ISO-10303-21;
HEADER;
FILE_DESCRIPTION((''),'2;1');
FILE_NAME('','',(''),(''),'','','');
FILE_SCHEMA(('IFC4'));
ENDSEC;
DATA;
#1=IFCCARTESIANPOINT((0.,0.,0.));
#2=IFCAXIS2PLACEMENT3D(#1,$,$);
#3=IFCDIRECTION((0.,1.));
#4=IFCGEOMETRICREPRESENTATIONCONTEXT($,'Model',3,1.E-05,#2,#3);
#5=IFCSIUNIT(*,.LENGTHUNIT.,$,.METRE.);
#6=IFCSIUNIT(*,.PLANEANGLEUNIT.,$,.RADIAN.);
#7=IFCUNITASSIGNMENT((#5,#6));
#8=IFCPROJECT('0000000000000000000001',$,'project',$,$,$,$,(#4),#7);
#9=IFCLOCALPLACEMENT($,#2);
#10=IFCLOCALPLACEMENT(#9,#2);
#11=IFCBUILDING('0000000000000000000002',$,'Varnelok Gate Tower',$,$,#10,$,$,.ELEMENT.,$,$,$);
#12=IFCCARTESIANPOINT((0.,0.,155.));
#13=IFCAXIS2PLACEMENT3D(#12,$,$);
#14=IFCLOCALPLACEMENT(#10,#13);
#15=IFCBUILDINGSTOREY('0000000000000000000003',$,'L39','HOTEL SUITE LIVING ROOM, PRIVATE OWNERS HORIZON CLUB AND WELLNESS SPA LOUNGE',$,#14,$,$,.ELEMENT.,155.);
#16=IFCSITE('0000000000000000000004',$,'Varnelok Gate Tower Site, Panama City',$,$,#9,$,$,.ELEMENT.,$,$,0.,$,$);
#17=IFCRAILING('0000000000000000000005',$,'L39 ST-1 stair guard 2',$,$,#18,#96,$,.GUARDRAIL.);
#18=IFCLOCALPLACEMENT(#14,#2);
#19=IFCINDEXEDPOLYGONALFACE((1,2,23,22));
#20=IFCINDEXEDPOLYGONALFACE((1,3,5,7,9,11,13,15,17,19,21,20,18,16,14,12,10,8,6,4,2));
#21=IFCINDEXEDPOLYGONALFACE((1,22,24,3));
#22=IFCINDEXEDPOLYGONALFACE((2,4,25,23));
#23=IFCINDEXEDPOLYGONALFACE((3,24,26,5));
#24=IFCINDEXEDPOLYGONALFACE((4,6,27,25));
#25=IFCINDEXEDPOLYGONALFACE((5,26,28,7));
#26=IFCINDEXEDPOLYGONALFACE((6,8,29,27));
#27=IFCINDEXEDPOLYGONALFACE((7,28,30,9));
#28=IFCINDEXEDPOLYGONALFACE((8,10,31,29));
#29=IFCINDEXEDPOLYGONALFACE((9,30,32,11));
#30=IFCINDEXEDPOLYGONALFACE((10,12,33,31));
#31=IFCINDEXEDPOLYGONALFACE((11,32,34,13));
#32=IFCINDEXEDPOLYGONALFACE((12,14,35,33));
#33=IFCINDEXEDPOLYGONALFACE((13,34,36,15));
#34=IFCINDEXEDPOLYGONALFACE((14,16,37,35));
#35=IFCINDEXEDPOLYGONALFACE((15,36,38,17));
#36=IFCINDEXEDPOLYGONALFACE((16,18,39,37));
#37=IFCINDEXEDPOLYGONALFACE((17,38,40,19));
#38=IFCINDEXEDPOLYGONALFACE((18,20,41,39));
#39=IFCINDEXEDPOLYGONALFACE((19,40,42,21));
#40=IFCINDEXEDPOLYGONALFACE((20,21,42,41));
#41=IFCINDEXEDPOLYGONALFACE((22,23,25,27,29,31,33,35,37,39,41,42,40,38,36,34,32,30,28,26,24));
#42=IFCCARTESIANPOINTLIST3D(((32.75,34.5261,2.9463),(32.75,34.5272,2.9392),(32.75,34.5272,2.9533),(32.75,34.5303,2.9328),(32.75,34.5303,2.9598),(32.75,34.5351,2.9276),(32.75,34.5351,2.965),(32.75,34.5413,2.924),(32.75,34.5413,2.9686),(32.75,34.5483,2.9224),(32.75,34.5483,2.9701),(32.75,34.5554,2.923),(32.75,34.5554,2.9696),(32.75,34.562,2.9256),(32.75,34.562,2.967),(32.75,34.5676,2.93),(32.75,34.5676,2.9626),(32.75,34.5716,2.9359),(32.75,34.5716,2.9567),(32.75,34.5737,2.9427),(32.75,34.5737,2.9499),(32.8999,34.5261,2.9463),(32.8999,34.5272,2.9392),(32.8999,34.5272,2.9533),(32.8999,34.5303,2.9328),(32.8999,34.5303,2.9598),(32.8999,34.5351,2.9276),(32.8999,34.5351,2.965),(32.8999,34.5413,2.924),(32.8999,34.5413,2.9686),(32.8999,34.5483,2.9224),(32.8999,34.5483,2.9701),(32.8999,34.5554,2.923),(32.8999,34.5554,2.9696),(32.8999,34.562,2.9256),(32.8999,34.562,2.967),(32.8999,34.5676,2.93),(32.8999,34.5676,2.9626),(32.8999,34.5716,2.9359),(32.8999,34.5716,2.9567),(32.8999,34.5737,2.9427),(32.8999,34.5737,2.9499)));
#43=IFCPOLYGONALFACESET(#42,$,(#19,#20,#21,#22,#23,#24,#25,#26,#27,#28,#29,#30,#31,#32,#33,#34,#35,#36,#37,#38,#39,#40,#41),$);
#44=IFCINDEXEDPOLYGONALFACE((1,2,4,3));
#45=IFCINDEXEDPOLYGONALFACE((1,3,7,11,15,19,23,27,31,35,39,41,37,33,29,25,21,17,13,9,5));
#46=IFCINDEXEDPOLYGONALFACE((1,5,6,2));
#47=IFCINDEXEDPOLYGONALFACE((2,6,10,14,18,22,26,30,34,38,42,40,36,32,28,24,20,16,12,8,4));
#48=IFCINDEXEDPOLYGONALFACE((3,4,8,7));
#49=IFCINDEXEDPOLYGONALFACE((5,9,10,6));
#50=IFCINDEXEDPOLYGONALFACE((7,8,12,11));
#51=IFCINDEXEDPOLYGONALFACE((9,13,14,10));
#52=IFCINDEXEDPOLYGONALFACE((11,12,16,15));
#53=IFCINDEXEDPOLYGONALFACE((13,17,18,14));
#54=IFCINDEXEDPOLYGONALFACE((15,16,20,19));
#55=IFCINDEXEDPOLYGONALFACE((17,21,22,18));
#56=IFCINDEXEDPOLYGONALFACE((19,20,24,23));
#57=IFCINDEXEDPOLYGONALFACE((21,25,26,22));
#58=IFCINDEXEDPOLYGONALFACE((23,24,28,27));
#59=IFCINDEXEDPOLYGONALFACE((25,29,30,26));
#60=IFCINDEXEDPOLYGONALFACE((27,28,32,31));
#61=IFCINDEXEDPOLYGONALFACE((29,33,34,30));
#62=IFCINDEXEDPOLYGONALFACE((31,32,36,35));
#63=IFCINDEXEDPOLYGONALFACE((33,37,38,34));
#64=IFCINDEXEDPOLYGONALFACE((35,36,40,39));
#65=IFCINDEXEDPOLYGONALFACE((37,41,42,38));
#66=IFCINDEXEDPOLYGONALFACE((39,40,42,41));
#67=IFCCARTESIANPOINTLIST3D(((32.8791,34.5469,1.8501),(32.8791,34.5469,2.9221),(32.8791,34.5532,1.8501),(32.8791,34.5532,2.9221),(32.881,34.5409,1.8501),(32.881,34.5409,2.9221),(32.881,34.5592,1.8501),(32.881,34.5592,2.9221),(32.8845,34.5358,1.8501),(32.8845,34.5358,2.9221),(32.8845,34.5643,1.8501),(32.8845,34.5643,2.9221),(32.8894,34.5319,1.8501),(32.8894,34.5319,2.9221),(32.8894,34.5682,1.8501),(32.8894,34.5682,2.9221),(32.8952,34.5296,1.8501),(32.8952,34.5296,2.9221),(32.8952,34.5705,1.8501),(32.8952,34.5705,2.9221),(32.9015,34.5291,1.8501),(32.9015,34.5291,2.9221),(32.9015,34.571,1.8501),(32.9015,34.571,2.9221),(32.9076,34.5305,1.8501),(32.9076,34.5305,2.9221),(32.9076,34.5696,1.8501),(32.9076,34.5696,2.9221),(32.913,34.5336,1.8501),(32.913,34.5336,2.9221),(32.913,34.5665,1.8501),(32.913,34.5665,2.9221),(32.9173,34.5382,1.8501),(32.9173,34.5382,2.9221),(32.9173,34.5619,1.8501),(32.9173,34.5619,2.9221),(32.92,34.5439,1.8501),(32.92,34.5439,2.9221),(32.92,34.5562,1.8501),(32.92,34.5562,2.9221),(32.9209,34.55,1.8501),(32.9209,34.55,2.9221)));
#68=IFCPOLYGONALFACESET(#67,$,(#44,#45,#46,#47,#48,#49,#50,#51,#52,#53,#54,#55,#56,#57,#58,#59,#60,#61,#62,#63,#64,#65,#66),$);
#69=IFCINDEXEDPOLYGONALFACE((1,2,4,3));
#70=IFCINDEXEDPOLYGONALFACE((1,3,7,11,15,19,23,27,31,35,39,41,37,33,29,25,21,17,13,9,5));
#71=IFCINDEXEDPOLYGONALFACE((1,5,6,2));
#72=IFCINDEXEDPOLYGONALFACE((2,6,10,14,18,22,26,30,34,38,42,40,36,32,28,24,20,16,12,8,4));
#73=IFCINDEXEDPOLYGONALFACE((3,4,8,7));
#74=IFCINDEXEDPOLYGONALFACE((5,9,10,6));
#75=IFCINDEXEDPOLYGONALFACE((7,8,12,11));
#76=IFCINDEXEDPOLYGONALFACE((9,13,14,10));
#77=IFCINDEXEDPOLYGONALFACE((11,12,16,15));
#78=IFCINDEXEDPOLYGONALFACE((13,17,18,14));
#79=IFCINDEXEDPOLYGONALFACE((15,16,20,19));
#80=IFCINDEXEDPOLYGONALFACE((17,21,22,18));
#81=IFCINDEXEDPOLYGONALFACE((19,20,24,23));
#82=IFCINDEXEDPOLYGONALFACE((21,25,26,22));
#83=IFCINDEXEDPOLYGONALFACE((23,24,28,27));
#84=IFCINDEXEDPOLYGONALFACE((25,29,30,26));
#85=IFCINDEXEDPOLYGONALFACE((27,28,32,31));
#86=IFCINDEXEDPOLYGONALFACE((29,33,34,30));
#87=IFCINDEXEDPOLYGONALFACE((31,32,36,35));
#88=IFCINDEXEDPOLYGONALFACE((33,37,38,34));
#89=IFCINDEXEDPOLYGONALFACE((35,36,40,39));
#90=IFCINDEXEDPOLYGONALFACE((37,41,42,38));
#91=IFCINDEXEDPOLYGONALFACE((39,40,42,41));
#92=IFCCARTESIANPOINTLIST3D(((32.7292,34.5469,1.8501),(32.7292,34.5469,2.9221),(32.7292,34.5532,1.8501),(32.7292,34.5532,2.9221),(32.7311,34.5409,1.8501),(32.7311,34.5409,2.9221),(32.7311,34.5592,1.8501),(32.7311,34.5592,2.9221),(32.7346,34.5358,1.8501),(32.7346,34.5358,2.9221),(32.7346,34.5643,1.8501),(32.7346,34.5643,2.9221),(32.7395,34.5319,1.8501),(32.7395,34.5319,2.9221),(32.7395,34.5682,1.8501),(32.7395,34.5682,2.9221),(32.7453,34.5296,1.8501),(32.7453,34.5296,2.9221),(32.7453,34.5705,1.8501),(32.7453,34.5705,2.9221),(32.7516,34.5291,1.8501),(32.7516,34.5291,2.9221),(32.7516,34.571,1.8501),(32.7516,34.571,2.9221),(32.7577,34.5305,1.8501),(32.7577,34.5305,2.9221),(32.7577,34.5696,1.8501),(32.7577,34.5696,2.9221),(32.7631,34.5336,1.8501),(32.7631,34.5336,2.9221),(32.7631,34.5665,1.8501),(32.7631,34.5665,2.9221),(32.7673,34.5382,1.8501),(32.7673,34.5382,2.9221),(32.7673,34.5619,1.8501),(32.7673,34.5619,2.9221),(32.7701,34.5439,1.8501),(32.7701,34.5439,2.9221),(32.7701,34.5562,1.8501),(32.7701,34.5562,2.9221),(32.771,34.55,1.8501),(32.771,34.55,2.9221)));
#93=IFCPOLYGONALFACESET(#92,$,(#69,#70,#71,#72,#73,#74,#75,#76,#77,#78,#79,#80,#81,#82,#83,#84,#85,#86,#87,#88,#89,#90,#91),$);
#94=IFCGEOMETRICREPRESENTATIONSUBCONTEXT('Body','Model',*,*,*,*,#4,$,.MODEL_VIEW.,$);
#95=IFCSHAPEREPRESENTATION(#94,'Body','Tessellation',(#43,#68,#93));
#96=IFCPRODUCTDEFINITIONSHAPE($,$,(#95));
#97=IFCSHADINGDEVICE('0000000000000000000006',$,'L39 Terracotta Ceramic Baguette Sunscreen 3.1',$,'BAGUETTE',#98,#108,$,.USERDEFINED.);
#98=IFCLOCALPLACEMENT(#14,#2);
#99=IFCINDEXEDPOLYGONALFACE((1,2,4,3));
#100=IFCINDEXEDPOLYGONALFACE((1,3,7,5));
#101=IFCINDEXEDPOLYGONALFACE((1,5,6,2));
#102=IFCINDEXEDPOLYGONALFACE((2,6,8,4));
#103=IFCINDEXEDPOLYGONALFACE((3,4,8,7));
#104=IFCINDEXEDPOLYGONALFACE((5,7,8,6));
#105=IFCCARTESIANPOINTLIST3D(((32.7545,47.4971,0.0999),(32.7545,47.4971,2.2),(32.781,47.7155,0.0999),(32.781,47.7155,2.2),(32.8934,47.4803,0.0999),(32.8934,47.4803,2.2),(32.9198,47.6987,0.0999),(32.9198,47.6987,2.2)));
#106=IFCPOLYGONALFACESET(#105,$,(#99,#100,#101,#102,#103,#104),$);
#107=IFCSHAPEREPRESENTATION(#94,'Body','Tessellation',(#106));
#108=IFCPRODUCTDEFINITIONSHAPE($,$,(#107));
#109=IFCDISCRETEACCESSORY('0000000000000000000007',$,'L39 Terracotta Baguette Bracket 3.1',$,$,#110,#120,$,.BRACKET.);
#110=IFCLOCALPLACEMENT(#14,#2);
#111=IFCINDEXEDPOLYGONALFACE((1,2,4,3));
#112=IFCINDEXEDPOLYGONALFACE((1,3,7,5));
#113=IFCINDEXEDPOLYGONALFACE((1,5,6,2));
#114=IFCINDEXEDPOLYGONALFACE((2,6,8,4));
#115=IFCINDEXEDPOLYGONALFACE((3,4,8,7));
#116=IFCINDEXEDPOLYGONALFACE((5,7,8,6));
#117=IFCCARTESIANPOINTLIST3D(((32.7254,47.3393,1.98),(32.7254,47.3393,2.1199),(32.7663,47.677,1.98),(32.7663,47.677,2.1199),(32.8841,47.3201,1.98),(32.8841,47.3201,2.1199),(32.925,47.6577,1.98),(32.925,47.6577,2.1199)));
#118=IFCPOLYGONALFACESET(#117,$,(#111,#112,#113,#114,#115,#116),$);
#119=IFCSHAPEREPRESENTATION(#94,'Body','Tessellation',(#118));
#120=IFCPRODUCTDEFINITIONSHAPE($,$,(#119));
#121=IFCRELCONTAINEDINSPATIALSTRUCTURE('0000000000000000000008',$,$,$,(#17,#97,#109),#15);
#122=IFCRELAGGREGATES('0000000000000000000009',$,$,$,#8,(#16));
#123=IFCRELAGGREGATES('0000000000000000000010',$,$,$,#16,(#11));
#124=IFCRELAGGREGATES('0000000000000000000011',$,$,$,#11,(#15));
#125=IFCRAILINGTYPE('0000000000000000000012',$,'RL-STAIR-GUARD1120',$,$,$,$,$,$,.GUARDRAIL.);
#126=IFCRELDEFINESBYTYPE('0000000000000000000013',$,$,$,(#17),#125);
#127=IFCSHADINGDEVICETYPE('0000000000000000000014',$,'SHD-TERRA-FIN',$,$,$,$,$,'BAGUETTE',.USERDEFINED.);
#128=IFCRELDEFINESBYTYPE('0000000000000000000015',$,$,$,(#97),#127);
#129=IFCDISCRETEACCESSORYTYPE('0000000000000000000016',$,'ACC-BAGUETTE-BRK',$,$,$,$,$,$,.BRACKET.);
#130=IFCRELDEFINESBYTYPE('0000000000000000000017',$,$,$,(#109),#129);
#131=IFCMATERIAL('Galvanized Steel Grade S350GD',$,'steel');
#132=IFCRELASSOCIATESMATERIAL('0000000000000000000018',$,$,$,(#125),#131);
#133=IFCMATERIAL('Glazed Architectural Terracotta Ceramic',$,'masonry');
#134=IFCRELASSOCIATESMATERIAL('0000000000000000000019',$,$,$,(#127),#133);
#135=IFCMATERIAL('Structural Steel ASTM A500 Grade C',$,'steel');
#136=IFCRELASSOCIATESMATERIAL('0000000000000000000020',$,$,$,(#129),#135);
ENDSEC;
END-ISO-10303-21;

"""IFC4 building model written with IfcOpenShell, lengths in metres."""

from ifc_helpers import new_model, si_unit, direction, frame, origin, origin_2d, place, context, subcontext, project, spatial, rectangle, circle, extrude, source, transform, mapped, material, type_object, element, save


model = new_model("IFC4")

# Units and contexts
model_context = context("Model", 3, precision=1e-05, world=origin(), true_north=direction((0.0, 1.0)))
body_context = subcontext(model_context, "Body", "Model", "MODEL_VIEW")
ifc_project = project(units=[si_unit("LENGTHUNIT", "METRE"), si_unit("PLANEANGLEUNIT", "RADIAN")], contexts=[model_context])

# Site, building, storey
site_placement = place(None, origin())
site = spatial("IfcSite", under=ifc_project, at=site_placement, Name="Varnelok Gate Tower Site, Panama City", CompositionType="ELEMENT", RefElevation=0.0)
building_placement = place(site_placement, origin())
building = spatial("IfcBuilding", under=site, at=building_placement, Name="Varnelok Gate Tower", CompositionType="ELEMENT")
storey_placement = place(building_placement, frame((0.0, 0.0, 155.0)))
storey = spatial("IfcBuildingStorey", under=building, at=storey_placement, Name="L39", Description="HOTEL SUITE LIVING ROOM, PRIVATE OWNERS HORIZON CLUB AND WELLNESS SPA LOUNGE", CompositionType="ELEMENT", Elevation=155.0)

# Railing
ifc_material_1 = material(Name="Galvanized Steel Grade S350GD", Category="steel")
railing_type_1 = type_object("IfcRailingType", Name="RL-STAIR-GUARD1120", PredefinedType="GUARDRAIL", material=ifc_material_1)
railing_1_placement = place(storey_placement, frame((32.8999, 34.55, 1.8501)))
element("IfcRailing", 1, at=railing_1_placement, inside=storey, type_object=railing_type_1, Name="L39 ST-1 stair guard 2", PredefinedType="GUARDRAIL", context=body_context, shape_type="SweptSolid", body=[
    extrude(circle(Radius=0.0239, at=origin_2d()), frame((0.0, 0.0, 1.0962), z_axis=(-1.0, 0.0, 0.0), x_axis=(0.0, -1.0, 0.0)), (0.0, 0.0, 1.0), 0.1499),
    extrude(circle(Radius=0.021, at=origin_2d()), origin(), (0.0, 0.0, 1.0), 1.072),
    extrude(circle(Radius=0.021, at=origin_2d()), frame((-0.1499, 0.0, 0.0)), (0.0, 0.0, 1.0), 1.072),
])

# Shading device
ifc_material_2 = material(Name="Glazed Architectural Terracotta Ceramic", Category="masonry")
shading_device_type = type_object("IfcShadingDeviceType", Name="SHD-TERRA-FIN", ElementType="BAGUETTE", PredefinedType="USERDEFINED", material=ifc_material_2)
shared_shape_1 = source(origin(), body_context, "Body", "SweptSolid", [
    extrude(rectangle(XDim=0.1399, YDim=0.22, at=origin_2d()), origin(), (0.0, 0.0, 1.0), 2.1001),
])
shading_device_placement = place(storey_placement, frame((32.8372, 47.5979, 0.0999), z_axis=(0.0, 0.0, 1.0), x_axis=(0.992732, -0.120345, 0.0)))
element("IfcShadingDevice", 2, at=shading_device_placement, inside=storey, type_object=shading_device_type, Name="L39 Terracotta Ceramic Baguette Sunscreen 3.1", ObjectType="BAGUETTE", PredefinedType="USERDEFINED", context=body_context, shape_type="MappedRepresentation", body=[
    mapped(shared_shape_1, transform((0.0, 0.0, 0.0), scale=1.0)),
])

# Discrete accessory
ifc_material_3 = material(Name="Structural Steel ASTM A500 Grade C", Category="steel")
discrete_accessory_type = type_object("IfcDiscreteAccessoryType", Name="ACC-BAGUETTE-BRK", PredefinedType="BRACKET", material=ifc_material_3)
shared_shape_2 = source(origin(), body_context, "Body", "SweptSolid", [
    extrude(rectangle(XDim=0.1599, YDim=0.3401, at=origin_2d()), origin(), (0.0, 0.0, 1.0), 0.1399),
])
discrete_accessory_placement = place(storey_placement, frame((32.8252, 47.4985, 1.98), z_axis=(0.0, 0.0, 1.0), x_axis=(0.992732, -0.120345, 0.0)))
element("IfcDiscreteAccessory", 3, at=discrete_accessory_placement, inside=storey, type_object=discrete_accessory_type, Name="L39 Terracotta Baguette Bracket 3.1", PredefinedType="BRACKET", context=body_context, shape_type="MappedRepresentation", body=[
    mapped(shared_shape_2, transform((0.0, 0.0, 0.0), scale=1.0)),
])

save(model, "model.ifc")
